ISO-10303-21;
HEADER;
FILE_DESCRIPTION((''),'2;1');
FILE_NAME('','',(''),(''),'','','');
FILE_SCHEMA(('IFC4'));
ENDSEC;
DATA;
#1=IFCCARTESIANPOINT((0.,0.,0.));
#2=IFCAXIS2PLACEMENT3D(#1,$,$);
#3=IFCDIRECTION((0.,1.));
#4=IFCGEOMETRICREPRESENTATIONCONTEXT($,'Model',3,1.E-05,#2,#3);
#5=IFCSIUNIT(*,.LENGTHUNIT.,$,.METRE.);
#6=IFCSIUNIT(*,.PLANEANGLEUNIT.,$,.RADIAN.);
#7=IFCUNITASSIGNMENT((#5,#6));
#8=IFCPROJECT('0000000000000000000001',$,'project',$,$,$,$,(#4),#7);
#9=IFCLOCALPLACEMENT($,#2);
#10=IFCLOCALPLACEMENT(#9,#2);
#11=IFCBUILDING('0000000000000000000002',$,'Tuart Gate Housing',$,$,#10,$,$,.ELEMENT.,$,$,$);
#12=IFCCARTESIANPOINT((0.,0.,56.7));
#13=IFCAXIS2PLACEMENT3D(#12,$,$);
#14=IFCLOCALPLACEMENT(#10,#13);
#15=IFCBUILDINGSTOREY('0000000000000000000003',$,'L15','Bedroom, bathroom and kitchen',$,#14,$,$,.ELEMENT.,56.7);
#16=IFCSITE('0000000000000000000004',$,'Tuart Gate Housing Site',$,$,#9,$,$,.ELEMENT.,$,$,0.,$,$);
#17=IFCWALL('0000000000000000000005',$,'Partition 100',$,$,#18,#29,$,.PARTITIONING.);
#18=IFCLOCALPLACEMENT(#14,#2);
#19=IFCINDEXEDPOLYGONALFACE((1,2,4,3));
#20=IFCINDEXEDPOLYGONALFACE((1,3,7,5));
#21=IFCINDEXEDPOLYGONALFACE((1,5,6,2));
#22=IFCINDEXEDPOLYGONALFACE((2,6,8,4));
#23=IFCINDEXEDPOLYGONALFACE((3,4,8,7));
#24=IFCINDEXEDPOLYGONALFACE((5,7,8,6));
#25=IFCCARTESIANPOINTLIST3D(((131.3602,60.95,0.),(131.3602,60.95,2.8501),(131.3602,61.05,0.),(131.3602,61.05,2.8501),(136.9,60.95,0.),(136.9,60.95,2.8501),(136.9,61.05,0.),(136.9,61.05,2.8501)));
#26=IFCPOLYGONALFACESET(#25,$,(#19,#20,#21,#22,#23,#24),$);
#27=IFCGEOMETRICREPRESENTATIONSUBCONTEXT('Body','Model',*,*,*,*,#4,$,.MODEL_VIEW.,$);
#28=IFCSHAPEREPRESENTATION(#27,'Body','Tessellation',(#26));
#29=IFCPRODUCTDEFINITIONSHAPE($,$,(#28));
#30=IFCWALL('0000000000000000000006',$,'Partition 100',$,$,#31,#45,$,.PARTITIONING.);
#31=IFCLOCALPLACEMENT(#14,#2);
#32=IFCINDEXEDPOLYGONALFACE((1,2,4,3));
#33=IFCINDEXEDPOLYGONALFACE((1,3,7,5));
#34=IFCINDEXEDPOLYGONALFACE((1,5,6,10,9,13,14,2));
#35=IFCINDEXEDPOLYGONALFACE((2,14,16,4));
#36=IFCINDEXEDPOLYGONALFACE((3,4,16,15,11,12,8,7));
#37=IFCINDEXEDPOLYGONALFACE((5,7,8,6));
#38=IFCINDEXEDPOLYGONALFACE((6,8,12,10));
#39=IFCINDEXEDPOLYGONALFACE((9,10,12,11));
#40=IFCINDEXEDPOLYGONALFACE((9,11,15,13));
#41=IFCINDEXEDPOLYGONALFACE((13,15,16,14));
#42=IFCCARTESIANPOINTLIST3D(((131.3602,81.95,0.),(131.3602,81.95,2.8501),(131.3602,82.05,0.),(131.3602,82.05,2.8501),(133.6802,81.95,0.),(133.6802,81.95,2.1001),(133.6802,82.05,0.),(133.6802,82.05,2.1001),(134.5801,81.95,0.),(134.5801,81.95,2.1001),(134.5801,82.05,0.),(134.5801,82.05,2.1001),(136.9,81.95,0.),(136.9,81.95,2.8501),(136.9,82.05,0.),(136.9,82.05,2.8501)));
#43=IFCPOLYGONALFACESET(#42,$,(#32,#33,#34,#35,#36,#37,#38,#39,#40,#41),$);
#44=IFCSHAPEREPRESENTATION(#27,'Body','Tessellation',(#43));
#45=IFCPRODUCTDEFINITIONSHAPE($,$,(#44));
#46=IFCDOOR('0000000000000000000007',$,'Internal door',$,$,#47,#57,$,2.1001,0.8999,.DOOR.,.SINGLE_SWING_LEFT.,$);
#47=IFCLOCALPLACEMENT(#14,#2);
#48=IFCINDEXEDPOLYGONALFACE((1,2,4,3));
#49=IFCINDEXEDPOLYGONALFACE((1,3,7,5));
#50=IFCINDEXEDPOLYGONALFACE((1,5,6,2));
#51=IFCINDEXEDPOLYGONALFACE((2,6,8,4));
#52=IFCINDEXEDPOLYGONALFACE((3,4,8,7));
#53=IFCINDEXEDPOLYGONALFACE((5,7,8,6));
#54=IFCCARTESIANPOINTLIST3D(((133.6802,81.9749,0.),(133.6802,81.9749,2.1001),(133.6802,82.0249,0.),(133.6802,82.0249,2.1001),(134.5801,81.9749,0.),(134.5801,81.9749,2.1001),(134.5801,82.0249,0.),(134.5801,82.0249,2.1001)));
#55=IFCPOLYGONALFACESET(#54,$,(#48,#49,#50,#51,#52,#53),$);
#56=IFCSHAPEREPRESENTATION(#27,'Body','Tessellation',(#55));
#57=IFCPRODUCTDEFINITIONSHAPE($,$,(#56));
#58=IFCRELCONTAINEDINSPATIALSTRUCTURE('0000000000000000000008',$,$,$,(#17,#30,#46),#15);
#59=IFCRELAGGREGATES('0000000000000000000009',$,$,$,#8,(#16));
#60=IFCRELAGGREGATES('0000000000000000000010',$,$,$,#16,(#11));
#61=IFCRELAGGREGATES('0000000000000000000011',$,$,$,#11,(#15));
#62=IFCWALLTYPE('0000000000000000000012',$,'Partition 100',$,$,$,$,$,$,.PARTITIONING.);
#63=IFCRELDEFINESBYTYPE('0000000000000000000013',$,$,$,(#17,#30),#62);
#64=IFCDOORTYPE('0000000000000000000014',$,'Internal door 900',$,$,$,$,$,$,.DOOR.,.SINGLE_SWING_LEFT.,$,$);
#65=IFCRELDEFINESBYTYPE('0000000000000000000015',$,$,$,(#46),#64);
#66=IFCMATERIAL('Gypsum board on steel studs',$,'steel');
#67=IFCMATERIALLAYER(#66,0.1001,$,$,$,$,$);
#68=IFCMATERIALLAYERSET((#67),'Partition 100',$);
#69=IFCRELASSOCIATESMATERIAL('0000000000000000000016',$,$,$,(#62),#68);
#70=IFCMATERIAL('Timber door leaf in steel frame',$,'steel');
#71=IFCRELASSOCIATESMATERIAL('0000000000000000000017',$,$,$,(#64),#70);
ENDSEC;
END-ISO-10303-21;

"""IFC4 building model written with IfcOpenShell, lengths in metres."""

from ifc_helpers import new_model, si_unit, direction, frame, frame_2d, origin, place, context, subcontext, project, spatial, rectangle, extrude, material, layer, layer_set, type_object, element, fill, save


model = new_model("IFC4")

# Units and contexts
model_context = context("Model", 3, precision=1e-05, world=origin(), true_north=direction((0.0, 1.0)))
body_context = subcontext(model_context, "Body", "Model", "MODEL_VIEW")
ifc_project = project(units=[si_unit("LENGTHUNIT", "METRE"), si_unit("PLANEANGLEUNIT", "RADIAN")], contexts=[model_context])

# Site, building, storey
site_placement = place(None, origin())
site = spatial("IfcSite", under=ifc_project, at=site_placement, Name="Tuart Gate Housing Site", CompositionType="ELEMENT", RefElevation=0.0)
building_placement = place(site_placement, origin())
building = spatial("IfcBuilding", under=site, at=building_placement, Name="Tuart Gate Housing", CompositionType="ELEMENT")
storey_placement = place(building_placement, frame((0.0, 0.0, 56.7)))
storey = spatial("IfcBuildingStorey", under=building, at=storey_placement, Name="L15", Description="Bedroom, bathroom and kitchen", CompositionType="ELEMENT", Elevation=56.7)

# Wall
ifc_material_1 = material(Name="Gypsum board on steel studs", Category="steel")
ifc_layer_1 = layer(ifc_material_1, 0.1001)
ifc_layer_set_1 = layer_set([ifc_layer_1], Name="Partition 100")
wall_type_1 = type_object("IfcWallType", Name="Partition 100", PredefinedType="PARTITIONING", material=ifc_layer_set_1)
wall_1_placement = place(storey_placement, frame((131.3601, 61.0, 0.0), z_axis=(0.0, 0.0, 1.0), x_axis=(1.0, 0.0, 0.0)))
element("IfcWall", 1, at=wall_1_placement, inside=storey, type_object=wall_type_1, Name="Partition 100", PredefinedType="PARTITIONING", context=body_context, shape_type="SweptSolid", body=[
    extrude(rectangle(XDim=5.5398, YDim=0.1001, at=frame_2d((2.77, 0.0))), origin(), (0.0, 0.0, 1.0), 2.8501),
])

# Wall, opening, door
wall_2_placement = place(storey_placement, frame((131.3601, 82.0, 0.0), z_axis=(0.0, 0.0, 1.0), x_axis=(1.0, 0.0, 0.0)))
wall_2 = element("IfcWall", 2, at=wall_2_placement, inside=storey, type_object=wall_type_1, Name="Partition 100", PredefinedType="PARTITIONING", context=body_context, shape_type="SweptSolid", body=[
    extrude(rectangle(XDim=5.5398, YDim=0.1001, at=frame_2d((2.77, 0.0))), origin(), (0.0, 0.0, 1.0), 2.8501),
])
opening_1_placement = place(wall_2_placement, frame((2.3201, 0.0, 0.0)))
opening_1 = element("IfcOpeningElement", 3, at=opening_1_placement, cuts=wall_2, PredefinedType="OPENING", context=body_context, shape_type="SweptSolid", body=[
    extrude(rectangle(XDim=0.8999, YDim=2.1001, at=frame_2d((0.45, 1.05))), frame((0.0, 0.0601, 0.0), z_axis=(0.0, -1.0, 0.0), x_axis=(1.0, 0.0, 0.0)), (0.0, 0.0, 1.0), 0.1201),
])
ifc_material_2 = material(Name="Timber door leaf in steel frame", Category="steel")
door_type = type_object("IfcDoorType", Name="Internal door 900", OperationType="SINGLE_SWING_LEFT", PredefinedType="DOOR", material=ifc_material_2)
door_placement = place(opening_1_placement, origin())
door = element("IfcDoor", 4, at=door_placement, inside=storey, type_object=door_type, Name="Internal door", OperationType="SINGLE_SWING_LEFT", OverallHeight=2.1001, OverallWidth=0.8999, PredefinedType="DOOR", context=body_context, shape_type="SweptSolid", body=[
    extrude(rectangle(XDim=0.8999, YDim=2.1001, at=frame_2d((0.45, 1.05))), frame((0.0, 0.0249, 0.0), z_axis=(0.0, -1.0, 0.0), x_axis=(1.0, 0.0, 0.0)), (0.0, 0.0, 1.0), 0.05),
])
fill(opening_1, door)

save(model, "model.ifc")
